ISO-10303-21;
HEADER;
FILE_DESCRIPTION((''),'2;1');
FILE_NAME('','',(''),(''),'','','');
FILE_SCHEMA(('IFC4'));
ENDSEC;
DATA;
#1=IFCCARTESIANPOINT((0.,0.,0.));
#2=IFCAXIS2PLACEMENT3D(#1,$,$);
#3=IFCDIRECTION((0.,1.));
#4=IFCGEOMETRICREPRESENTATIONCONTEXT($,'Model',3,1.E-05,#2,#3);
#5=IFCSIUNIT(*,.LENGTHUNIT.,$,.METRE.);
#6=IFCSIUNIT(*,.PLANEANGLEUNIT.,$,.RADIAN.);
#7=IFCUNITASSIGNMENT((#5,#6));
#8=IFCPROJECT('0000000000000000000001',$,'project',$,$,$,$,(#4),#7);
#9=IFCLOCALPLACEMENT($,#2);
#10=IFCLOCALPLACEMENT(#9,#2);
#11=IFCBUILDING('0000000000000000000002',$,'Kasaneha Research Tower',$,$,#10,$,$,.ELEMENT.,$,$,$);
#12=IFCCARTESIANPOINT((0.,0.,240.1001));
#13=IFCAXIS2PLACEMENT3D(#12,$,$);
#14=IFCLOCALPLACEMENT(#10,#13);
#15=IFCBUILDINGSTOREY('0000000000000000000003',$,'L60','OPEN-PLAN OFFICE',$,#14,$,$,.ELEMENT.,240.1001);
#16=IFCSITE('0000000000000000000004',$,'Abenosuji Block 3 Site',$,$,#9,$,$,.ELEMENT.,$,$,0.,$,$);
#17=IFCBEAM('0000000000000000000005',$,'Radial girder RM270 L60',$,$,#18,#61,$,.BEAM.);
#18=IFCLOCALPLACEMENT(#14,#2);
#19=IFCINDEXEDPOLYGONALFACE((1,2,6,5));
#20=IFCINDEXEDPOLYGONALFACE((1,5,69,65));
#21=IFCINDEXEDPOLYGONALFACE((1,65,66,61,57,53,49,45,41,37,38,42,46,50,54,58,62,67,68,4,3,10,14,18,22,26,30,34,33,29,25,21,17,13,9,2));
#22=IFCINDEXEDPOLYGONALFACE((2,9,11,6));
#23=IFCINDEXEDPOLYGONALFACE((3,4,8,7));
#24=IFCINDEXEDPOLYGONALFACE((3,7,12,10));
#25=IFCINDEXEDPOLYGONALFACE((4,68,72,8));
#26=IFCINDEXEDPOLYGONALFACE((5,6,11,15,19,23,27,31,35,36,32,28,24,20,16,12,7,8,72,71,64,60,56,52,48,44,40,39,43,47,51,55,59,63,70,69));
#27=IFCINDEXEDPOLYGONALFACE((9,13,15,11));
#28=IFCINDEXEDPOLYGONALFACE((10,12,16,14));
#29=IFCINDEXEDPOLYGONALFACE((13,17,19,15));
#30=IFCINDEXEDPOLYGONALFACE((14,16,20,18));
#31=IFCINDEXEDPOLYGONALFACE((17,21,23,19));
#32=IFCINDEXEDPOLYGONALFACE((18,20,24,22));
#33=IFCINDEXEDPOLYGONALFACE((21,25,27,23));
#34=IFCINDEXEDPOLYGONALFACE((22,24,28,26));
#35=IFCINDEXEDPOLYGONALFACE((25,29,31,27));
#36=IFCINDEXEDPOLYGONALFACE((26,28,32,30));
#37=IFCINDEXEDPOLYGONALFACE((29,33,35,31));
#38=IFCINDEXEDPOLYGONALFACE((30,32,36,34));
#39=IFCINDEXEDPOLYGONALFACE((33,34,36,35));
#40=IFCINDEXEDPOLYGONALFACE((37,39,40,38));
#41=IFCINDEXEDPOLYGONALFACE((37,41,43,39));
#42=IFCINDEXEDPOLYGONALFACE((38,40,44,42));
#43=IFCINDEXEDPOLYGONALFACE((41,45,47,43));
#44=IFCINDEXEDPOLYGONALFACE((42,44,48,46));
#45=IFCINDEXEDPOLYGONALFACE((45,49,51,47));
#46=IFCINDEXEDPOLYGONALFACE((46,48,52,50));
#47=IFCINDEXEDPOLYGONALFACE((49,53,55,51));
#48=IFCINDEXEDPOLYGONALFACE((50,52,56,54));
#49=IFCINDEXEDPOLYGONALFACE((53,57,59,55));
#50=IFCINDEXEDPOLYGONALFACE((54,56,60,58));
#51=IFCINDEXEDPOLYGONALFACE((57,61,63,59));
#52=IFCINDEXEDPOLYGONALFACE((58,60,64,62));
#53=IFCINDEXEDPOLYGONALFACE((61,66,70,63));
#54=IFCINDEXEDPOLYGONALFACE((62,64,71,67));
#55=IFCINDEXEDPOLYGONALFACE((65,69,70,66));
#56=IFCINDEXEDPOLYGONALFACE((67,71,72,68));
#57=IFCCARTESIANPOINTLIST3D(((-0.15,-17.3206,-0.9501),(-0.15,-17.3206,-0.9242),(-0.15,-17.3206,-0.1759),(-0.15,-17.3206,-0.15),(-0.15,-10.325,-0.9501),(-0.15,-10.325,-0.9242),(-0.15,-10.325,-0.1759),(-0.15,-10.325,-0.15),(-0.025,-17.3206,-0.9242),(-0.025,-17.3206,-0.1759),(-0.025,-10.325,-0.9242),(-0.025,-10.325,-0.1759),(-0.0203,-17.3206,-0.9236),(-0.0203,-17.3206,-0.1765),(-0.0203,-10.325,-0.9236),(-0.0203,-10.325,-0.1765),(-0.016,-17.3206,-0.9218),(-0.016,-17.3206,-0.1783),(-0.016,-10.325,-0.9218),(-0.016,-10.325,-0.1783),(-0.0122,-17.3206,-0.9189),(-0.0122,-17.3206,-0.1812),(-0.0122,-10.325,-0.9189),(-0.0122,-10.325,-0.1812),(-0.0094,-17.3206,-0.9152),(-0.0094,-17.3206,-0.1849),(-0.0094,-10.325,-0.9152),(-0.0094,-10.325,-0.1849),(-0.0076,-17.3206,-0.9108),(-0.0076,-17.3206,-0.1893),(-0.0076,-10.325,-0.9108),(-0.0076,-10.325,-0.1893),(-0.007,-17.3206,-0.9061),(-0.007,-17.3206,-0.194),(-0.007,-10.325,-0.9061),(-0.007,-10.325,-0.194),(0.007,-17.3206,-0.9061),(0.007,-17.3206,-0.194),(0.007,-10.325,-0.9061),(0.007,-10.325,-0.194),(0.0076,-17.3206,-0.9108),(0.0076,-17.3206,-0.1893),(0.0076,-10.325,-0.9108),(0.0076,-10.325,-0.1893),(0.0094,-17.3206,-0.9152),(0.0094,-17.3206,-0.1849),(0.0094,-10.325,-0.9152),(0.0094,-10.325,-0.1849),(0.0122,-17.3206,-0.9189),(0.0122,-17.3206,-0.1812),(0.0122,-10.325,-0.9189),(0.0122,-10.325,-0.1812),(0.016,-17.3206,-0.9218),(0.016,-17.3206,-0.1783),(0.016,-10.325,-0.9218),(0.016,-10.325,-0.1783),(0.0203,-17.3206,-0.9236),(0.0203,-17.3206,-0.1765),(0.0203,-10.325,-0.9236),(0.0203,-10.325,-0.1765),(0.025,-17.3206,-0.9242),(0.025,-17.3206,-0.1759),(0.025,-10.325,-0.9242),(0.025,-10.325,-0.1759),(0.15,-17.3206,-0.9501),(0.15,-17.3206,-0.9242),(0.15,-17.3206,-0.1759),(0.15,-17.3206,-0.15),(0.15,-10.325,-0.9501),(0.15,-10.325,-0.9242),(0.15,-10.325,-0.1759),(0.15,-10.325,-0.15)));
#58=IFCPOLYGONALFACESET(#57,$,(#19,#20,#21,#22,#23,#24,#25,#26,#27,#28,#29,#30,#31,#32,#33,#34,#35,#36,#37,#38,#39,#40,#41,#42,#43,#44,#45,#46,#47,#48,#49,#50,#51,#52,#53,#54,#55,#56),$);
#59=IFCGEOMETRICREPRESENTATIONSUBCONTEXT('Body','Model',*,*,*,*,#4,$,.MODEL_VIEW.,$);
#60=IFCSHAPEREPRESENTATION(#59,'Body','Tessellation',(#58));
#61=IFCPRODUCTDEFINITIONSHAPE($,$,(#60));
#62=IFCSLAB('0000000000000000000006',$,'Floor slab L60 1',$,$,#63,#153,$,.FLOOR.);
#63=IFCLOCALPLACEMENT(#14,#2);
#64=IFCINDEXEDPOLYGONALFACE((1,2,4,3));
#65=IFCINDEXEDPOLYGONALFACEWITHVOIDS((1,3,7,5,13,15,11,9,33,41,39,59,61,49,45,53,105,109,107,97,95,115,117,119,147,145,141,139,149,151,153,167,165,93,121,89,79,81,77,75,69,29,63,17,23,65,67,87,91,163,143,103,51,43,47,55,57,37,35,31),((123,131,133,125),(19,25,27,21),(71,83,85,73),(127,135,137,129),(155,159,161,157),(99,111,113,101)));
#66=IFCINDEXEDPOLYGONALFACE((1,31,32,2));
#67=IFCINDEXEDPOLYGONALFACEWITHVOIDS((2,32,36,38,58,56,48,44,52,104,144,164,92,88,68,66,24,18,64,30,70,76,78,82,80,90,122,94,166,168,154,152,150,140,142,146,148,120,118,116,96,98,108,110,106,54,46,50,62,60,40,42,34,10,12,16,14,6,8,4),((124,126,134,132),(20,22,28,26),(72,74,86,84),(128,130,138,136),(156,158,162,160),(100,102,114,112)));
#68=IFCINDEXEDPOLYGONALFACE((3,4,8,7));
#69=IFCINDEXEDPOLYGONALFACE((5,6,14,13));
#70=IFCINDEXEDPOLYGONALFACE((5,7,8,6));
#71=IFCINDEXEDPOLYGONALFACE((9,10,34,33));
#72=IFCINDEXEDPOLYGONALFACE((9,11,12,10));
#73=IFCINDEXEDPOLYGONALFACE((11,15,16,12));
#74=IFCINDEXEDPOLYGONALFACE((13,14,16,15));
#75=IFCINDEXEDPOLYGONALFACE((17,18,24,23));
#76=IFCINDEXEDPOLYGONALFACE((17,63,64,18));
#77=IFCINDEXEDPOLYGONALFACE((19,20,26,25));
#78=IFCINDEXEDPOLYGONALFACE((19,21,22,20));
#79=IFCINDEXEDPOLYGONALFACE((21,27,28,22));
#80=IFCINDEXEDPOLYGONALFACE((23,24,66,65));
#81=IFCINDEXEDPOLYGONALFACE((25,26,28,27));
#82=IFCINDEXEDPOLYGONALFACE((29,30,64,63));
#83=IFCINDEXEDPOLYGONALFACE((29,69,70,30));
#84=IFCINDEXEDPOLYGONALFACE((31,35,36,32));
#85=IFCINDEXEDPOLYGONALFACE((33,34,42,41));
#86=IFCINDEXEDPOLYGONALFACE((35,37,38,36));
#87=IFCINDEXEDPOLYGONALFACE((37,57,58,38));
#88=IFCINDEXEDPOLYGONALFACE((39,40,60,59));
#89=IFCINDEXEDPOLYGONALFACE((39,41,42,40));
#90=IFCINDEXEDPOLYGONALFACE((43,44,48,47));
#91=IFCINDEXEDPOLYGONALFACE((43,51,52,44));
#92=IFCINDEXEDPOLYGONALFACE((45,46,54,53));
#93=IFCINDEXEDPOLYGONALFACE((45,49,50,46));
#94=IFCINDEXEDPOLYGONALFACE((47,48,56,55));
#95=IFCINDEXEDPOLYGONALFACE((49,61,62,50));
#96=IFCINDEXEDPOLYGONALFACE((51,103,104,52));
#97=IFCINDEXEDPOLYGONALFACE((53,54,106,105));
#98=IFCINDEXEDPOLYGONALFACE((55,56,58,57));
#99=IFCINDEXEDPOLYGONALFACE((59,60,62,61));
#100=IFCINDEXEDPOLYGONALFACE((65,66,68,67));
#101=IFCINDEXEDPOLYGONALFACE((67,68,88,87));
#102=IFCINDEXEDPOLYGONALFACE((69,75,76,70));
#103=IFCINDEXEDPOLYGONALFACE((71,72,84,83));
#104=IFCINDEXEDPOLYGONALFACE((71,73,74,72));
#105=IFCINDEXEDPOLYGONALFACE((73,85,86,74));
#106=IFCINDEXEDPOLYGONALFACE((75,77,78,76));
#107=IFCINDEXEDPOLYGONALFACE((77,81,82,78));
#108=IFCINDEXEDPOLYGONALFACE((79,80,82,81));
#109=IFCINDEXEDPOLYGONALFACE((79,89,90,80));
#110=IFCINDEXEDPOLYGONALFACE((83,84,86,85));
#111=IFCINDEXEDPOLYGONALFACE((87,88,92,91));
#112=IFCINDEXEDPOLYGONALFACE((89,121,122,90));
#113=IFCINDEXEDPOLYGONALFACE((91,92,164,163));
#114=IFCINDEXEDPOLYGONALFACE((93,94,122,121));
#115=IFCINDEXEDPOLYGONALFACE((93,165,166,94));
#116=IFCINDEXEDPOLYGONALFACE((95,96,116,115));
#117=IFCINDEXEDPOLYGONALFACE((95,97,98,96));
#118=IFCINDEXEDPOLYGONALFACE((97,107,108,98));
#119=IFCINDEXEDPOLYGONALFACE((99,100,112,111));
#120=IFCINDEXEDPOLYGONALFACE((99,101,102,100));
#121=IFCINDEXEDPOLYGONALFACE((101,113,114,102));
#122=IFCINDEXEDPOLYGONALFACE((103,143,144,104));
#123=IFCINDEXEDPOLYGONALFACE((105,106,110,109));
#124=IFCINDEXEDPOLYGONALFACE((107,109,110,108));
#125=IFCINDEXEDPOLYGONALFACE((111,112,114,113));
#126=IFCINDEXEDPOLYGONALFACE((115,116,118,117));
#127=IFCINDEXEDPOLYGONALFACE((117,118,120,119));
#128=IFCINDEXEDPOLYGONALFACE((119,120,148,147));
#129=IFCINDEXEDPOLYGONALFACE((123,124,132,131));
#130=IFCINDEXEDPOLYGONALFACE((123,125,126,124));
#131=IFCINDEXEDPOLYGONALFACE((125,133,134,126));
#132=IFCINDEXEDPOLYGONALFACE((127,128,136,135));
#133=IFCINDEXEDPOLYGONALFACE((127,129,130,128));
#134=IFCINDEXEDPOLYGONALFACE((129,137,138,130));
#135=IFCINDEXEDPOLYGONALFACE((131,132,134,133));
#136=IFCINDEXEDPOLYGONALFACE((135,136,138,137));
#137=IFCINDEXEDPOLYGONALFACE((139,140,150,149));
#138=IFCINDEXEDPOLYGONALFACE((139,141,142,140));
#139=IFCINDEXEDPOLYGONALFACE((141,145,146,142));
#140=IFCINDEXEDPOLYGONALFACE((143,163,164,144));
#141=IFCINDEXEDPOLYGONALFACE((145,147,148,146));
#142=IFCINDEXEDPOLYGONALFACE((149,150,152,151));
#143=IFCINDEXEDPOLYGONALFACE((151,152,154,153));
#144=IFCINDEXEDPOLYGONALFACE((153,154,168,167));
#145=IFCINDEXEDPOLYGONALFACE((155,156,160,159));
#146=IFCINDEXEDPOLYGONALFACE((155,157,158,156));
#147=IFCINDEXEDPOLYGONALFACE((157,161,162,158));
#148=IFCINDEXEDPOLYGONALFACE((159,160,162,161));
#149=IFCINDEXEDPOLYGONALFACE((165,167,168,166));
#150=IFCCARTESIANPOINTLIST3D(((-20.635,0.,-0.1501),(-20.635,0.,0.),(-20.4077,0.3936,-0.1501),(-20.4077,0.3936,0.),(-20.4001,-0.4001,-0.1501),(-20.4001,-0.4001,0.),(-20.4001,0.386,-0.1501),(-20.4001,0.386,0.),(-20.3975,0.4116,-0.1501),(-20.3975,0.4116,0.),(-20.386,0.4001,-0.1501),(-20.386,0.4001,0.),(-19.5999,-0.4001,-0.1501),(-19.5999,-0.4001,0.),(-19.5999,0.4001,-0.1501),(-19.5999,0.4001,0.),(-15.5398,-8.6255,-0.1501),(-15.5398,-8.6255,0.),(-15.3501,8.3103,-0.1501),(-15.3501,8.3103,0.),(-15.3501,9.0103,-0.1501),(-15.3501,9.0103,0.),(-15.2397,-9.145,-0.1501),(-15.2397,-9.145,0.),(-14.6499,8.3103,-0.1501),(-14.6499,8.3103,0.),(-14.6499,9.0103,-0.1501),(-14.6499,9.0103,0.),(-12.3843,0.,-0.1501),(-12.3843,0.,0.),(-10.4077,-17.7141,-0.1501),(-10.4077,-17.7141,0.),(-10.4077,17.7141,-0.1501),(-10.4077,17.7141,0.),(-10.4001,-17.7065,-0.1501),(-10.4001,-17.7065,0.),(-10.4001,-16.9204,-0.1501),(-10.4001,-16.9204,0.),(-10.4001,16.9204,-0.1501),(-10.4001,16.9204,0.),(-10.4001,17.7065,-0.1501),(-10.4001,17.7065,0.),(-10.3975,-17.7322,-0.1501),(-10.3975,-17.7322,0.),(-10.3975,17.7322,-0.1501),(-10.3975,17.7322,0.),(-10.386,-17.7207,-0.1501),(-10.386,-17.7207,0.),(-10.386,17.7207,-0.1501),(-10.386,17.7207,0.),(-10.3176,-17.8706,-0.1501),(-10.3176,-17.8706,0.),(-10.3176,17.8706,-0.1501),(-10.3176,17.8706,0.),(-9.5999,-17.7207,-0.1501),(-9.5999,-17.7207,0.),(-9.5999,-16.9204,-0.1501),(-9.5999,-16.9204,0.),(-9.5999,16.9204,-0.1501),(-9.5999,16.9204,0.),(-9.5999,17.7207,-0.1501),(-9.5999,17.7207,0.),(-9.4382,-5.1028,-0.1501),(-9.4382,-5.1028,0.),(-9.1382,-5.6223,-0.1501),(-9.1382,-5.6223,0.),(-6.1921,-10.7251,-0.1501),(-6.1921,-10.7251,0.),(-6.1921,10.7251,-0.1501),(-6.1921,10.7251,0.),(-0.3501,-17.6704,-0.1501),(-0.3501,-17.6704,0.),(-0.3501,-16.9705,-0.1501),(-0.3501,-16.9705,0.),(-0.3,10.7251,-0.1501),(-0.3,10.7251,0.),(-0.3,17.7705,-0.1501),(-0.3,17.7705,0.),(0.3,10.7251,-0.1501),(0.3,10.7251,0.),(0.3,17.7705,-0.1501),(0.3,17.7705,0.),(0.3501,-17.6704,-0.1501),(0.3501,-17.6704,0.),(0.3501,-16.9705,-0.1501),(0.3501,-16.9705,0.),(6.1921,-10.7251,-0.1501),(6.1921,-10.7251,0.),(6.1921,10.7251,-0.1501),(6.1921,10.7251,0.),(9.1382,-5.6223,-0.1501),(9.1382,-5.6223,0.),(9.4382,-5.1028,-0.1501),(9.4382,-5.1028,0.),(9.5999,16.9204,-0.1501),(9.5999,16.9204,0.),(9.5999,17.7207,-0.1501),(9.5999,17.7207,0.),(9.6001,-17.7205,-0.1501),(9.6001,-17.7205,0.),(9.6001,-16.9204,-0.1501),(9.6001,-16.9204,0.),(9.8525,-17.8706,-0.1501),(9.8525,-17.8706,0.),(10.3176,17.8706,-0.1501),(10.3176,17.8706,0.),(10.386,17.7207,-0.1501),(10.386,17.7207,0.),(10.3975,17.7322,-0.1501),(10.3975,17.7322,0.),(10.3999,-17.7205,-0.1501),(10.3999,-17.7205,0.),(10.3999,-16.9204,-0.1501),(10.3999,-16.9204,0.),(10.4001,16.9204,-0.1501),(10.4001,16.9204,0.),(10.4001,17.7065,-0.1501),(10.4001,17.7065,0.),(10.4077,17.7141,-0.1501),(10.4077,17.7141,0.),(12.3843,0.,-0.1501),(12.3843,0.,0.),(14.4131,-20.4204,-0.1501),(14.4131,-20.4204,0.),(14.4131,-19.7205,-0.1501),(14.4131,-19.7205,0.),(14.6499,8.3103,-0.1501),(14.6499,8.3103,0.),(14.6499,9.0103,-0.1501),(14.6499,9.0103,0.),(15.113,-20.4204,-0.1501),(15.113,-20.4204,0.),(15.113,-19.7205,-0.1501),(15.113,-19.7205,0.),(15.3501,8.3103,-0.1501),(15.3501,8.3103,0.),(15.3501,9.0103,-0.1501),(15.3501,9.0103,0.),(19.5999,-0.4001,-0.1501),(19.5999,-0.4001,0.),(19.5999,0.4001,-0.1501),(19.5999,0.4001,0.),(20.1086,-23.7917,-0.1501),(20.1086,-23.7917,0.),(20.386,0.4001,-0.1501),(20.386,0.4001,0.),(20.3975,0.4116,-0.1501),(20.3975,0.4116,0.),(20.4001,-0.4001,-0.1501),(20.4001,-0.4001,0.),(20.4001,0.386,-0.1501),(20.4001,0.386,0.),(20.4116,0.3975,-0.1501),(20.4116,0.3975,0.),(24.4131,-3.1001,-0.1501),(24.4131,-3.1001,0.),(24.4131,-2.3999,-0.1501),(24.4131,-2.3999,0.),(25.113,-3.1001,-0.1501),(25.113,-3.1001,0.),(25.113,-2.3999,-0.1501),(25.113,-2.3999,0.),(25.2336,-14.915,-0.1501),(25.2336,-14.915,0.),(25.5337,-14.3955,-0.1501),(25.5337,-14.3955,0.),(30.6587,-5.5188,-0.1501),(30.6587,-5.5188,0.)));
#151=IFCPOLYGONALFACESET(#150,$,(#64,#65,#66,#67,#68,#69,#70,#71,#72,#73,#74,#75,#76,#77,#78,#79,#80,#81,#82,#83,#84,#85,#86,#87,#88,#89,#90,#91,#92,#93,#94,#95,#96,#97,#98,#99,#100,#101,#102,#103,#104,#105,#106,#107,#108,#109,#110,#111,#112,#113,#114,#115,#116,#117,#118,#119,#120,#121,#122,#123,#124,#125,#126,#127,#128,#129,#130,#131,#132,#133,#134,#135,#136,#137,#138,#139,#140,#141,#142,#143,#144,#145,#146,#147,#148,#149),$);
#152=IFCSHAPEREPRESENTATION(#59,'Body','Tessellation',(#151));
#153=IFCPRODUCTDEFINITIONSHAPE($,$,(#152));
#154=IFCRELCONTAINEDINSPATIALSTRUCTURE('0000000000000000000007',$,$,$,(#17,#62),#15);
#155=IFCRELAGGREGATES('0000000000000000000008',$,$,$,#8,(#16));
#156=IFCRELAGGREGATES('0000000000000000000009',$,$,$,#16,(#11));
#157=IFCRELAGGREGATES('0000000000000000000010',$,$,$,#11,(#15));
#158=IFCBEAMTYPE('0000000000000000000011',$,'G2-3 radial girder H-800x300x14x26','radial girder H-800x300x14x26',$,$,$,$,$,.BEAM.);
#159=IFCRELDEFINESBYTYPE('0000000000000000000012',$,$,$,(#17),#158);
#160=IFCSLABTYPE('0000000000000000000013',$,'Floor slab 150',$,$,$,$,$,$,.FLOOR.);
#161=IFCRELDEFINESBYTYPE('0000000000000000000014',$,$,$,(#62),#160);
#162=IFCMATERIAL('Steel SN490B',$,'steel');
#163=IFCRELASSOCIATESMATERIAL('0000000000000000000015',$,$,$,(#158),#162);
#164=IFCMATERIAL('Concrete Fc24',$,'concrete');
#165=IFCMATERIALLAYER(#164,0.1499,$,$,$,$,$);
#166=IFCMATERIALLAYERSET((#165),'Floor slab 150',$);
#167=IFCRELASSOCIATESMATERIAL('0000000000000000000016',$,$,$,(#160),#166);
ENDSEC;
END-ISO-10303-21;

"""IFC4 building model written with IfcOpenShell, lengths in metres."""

from ifc_helpers import new_model, si_unit, direction, frame, origin, origin_2d, place, context, subcontext, project, spatial, polyline, i_section, outline, extrude, material, layer, layer_set, material_profile, profile_set, type_object, element, save


model = new_model("IFC4")

# Units and contexts
model_context = context("Model", 3, precision=1e-05, world=origin(), true_north=direction((0.0, 1.0)))
body_context = subcontext(model_context, "Body", "Model", "MODEL_VIEW")
ifc_project = project(units=[si_unit("LENGTHUNIT", "METRE"), si_unit("PLANEANGLEUNIT", "RADIAN")], contexts=[model_context])

# Site, building, storey
site_placement = place(None, origin())
site = spatial("IfcSite", under=ifc_project, at=site_placement, Name="Abenosuji Block 3 Site", CompositionType="ELEMENT", RefElevation=0.0)
building_placement = place(site_placement, origin())
building = spatial("IfcBuilding", under=site, at=building_placement, Name="Kasaneha Research Tower", CompositionType="ELEMENT")
storey_placement = place(building_placement, frame((0.0, 0.0, 240.1001)))
storey = spatial("IfcBuildingStorey", under=building, at=storey_placement, Name="L60", Description="OPEN-PLAN OFFICE", CompositionType="ELEMENT", Elevation=240.1001)

# Beam
ifc_material_1 = material(Name="Steel SN490B", Category="steel")
ifc_material_profile = material_profile(ifc_material_1, i_section(OverallWidth=0.3, OverallDepth=0.8, WebThickness=0.0139, FlangeThickness=0.0259, FilletRadius=0.0181, at=origin_2d()), Name="H-800x300x14x26")
ifc_profile_set = profile_set([ifc_material_profile], Name="Steel SN490B")
beam_type = type_object("IfcBeamType", Name="G2-3 radial girder H-800x300x14x26", Description="radial girder H-800x300x14x26", PredefinedType="BEAM", material=ifc_profile_set)
beam_placement = place(storey_placement, frame((0.0, -10.325, -0.55), z_axis=(0.0, -1.0, 0.0), x_axis=(1.0, 0.0, 0.0)))
element("IfcBeam", 1, at=beam_placement, inside=storey, type_object=beam_type, Name="Radial girder RM270 L60", PredefinedType="BEAM", context=body_context, shape_type="SweptSolid", body=[
    extrude(i_section(OverallWidth=0.3, OverallDepth=0.8, WebThickness=0.0139, FlangeThickness=0.0259, FilletRadius=0.0181, at=origin_2d()), origin(), (0.0, 0.0, 1.0), 6.9956),
])

# Slab
ifc_material_2 = material(Name="Concrete Fc24", Category="concrete")
ifc_layer_1 = layer(ifc_material_2, 0.1499)
ifc_layer_set_1 = layer_set([ifc_layer_1], Name="Floor slab 150")
slab_type = type_object("IfcSlabType", Name="Floor slab 150", PredefinedType="FLOOR", material=ifc_layer_set_1)
slab_placement = place(storey_placement, frame((0.0, 0.0, -0.1501)))
element("IfcSlab", 2, at=slab_placement, inside=storey, type_object=slab_type, Name="Floor slab L60 1", PredefinedType="FLOOR", context=body_context, shape_type="SweptSolid", body=[
    extrude(outline(polyline([(-10.3176, -17.8706), (-10.3975, -17.7322), (-10.386, -17.7207), (-9.5999, -17.7207), (-9.5999, -16.9204), (-10.4001, -16.9204), (-10.4001, -17.7065), (-10.4077, -17.7141), (-20.635, 0.0), (-20.4077, 0.3936), (-20.4001, 0.386), (-20.4001, -0.4001), (-19.5999, -0.4001), (-19.5999, 0.4001), (-20.386, 0.4001), (-20.3975, 0.4116), (-10.4077, 17.7141), (-10.4001, 17.7065), (-10.4001, 16.9204), (-9.5999, 16.9204), (-9.5999, 17.7207), (-10.386, 17.7207), (-10.3975, 17.7322), (-10.3176, 17.8706), (10.3176, 17.8706), (10.3975, 17.7322), (10.386, 17.7207), (9.5999, 17.7207), (9.5999, 16.9204), (10.4001, 16.9204), (10.4001, 17.7065), (10.4077, 17.7141), (20.3975, 0.4116), (20.386, 0.4001), (19.5999, 0.4001), (19.5999, -0.4001), (20.4001, -0.4001), (20.4001, 0.386), (20.4116, 0.3975), (30.6587, -5.5188), (25.5337, -14.3955), (9.4382, -5.1028), (12.3843, 0.0), (6.1921, 10.7251), (0.3, 10.7251), (0.3, 17.7705), (-0.3, 17.7705), (-0.3, 10.7251), (-6.1921, 10.7251), (-12.3843, 0.0), (-9.4382, -5.1028), (-15.5398, -8.6255), (-15.2397, -9.145), (-9.1382, -5.6223), (-6.1921, -10.7251), (6.1921, -10.7251), (9.1382, -5.6223), (25.2336, -14.915), (20.1086, -23.7917), (9.8525, -17.8706), (-10.3176, -17.8706)]), holes=[polyline([(-0.3501, -17.6704), (0.3501, -17.6704), (0.3501, -16.9705), (-0.3501, -16.9705), (-0.3501, -17.6704)]), polyline([(-15.3501, 8.3103), (-14.6499, 8.3103), (-14.6499, 9.0103), (-15.3501, 9.0103), (-15.3501, 8.3103)]), polyline([(14.4131, -20.4204), (15.113, -20.4204), (15.113, -19.7205), (14.4131, -19.7205), (14.4131, -20.4204)]), polyline([(9.6001, -17.7205), (10.3999, -17.7205), (10.3999, -16.9204), (9.6001, -16.9204), (9.6001, -17.7205)]), polyline([(24.4131, -3.1001), (25.113, -3.1001), (25.113, -2.3999), (24.4131, -2.3999), (24.4131, -3.1001)]), polyline([(14.6499, 9.0103), (14.6499, 8.3103), (15.3501, 8.3103), (15.3501, 9.0103), (14.6499, 9.0103)])]), origin(), (0.0, 0.0, 1.0), 0.1501),
])

save(model, "model.ifc")
